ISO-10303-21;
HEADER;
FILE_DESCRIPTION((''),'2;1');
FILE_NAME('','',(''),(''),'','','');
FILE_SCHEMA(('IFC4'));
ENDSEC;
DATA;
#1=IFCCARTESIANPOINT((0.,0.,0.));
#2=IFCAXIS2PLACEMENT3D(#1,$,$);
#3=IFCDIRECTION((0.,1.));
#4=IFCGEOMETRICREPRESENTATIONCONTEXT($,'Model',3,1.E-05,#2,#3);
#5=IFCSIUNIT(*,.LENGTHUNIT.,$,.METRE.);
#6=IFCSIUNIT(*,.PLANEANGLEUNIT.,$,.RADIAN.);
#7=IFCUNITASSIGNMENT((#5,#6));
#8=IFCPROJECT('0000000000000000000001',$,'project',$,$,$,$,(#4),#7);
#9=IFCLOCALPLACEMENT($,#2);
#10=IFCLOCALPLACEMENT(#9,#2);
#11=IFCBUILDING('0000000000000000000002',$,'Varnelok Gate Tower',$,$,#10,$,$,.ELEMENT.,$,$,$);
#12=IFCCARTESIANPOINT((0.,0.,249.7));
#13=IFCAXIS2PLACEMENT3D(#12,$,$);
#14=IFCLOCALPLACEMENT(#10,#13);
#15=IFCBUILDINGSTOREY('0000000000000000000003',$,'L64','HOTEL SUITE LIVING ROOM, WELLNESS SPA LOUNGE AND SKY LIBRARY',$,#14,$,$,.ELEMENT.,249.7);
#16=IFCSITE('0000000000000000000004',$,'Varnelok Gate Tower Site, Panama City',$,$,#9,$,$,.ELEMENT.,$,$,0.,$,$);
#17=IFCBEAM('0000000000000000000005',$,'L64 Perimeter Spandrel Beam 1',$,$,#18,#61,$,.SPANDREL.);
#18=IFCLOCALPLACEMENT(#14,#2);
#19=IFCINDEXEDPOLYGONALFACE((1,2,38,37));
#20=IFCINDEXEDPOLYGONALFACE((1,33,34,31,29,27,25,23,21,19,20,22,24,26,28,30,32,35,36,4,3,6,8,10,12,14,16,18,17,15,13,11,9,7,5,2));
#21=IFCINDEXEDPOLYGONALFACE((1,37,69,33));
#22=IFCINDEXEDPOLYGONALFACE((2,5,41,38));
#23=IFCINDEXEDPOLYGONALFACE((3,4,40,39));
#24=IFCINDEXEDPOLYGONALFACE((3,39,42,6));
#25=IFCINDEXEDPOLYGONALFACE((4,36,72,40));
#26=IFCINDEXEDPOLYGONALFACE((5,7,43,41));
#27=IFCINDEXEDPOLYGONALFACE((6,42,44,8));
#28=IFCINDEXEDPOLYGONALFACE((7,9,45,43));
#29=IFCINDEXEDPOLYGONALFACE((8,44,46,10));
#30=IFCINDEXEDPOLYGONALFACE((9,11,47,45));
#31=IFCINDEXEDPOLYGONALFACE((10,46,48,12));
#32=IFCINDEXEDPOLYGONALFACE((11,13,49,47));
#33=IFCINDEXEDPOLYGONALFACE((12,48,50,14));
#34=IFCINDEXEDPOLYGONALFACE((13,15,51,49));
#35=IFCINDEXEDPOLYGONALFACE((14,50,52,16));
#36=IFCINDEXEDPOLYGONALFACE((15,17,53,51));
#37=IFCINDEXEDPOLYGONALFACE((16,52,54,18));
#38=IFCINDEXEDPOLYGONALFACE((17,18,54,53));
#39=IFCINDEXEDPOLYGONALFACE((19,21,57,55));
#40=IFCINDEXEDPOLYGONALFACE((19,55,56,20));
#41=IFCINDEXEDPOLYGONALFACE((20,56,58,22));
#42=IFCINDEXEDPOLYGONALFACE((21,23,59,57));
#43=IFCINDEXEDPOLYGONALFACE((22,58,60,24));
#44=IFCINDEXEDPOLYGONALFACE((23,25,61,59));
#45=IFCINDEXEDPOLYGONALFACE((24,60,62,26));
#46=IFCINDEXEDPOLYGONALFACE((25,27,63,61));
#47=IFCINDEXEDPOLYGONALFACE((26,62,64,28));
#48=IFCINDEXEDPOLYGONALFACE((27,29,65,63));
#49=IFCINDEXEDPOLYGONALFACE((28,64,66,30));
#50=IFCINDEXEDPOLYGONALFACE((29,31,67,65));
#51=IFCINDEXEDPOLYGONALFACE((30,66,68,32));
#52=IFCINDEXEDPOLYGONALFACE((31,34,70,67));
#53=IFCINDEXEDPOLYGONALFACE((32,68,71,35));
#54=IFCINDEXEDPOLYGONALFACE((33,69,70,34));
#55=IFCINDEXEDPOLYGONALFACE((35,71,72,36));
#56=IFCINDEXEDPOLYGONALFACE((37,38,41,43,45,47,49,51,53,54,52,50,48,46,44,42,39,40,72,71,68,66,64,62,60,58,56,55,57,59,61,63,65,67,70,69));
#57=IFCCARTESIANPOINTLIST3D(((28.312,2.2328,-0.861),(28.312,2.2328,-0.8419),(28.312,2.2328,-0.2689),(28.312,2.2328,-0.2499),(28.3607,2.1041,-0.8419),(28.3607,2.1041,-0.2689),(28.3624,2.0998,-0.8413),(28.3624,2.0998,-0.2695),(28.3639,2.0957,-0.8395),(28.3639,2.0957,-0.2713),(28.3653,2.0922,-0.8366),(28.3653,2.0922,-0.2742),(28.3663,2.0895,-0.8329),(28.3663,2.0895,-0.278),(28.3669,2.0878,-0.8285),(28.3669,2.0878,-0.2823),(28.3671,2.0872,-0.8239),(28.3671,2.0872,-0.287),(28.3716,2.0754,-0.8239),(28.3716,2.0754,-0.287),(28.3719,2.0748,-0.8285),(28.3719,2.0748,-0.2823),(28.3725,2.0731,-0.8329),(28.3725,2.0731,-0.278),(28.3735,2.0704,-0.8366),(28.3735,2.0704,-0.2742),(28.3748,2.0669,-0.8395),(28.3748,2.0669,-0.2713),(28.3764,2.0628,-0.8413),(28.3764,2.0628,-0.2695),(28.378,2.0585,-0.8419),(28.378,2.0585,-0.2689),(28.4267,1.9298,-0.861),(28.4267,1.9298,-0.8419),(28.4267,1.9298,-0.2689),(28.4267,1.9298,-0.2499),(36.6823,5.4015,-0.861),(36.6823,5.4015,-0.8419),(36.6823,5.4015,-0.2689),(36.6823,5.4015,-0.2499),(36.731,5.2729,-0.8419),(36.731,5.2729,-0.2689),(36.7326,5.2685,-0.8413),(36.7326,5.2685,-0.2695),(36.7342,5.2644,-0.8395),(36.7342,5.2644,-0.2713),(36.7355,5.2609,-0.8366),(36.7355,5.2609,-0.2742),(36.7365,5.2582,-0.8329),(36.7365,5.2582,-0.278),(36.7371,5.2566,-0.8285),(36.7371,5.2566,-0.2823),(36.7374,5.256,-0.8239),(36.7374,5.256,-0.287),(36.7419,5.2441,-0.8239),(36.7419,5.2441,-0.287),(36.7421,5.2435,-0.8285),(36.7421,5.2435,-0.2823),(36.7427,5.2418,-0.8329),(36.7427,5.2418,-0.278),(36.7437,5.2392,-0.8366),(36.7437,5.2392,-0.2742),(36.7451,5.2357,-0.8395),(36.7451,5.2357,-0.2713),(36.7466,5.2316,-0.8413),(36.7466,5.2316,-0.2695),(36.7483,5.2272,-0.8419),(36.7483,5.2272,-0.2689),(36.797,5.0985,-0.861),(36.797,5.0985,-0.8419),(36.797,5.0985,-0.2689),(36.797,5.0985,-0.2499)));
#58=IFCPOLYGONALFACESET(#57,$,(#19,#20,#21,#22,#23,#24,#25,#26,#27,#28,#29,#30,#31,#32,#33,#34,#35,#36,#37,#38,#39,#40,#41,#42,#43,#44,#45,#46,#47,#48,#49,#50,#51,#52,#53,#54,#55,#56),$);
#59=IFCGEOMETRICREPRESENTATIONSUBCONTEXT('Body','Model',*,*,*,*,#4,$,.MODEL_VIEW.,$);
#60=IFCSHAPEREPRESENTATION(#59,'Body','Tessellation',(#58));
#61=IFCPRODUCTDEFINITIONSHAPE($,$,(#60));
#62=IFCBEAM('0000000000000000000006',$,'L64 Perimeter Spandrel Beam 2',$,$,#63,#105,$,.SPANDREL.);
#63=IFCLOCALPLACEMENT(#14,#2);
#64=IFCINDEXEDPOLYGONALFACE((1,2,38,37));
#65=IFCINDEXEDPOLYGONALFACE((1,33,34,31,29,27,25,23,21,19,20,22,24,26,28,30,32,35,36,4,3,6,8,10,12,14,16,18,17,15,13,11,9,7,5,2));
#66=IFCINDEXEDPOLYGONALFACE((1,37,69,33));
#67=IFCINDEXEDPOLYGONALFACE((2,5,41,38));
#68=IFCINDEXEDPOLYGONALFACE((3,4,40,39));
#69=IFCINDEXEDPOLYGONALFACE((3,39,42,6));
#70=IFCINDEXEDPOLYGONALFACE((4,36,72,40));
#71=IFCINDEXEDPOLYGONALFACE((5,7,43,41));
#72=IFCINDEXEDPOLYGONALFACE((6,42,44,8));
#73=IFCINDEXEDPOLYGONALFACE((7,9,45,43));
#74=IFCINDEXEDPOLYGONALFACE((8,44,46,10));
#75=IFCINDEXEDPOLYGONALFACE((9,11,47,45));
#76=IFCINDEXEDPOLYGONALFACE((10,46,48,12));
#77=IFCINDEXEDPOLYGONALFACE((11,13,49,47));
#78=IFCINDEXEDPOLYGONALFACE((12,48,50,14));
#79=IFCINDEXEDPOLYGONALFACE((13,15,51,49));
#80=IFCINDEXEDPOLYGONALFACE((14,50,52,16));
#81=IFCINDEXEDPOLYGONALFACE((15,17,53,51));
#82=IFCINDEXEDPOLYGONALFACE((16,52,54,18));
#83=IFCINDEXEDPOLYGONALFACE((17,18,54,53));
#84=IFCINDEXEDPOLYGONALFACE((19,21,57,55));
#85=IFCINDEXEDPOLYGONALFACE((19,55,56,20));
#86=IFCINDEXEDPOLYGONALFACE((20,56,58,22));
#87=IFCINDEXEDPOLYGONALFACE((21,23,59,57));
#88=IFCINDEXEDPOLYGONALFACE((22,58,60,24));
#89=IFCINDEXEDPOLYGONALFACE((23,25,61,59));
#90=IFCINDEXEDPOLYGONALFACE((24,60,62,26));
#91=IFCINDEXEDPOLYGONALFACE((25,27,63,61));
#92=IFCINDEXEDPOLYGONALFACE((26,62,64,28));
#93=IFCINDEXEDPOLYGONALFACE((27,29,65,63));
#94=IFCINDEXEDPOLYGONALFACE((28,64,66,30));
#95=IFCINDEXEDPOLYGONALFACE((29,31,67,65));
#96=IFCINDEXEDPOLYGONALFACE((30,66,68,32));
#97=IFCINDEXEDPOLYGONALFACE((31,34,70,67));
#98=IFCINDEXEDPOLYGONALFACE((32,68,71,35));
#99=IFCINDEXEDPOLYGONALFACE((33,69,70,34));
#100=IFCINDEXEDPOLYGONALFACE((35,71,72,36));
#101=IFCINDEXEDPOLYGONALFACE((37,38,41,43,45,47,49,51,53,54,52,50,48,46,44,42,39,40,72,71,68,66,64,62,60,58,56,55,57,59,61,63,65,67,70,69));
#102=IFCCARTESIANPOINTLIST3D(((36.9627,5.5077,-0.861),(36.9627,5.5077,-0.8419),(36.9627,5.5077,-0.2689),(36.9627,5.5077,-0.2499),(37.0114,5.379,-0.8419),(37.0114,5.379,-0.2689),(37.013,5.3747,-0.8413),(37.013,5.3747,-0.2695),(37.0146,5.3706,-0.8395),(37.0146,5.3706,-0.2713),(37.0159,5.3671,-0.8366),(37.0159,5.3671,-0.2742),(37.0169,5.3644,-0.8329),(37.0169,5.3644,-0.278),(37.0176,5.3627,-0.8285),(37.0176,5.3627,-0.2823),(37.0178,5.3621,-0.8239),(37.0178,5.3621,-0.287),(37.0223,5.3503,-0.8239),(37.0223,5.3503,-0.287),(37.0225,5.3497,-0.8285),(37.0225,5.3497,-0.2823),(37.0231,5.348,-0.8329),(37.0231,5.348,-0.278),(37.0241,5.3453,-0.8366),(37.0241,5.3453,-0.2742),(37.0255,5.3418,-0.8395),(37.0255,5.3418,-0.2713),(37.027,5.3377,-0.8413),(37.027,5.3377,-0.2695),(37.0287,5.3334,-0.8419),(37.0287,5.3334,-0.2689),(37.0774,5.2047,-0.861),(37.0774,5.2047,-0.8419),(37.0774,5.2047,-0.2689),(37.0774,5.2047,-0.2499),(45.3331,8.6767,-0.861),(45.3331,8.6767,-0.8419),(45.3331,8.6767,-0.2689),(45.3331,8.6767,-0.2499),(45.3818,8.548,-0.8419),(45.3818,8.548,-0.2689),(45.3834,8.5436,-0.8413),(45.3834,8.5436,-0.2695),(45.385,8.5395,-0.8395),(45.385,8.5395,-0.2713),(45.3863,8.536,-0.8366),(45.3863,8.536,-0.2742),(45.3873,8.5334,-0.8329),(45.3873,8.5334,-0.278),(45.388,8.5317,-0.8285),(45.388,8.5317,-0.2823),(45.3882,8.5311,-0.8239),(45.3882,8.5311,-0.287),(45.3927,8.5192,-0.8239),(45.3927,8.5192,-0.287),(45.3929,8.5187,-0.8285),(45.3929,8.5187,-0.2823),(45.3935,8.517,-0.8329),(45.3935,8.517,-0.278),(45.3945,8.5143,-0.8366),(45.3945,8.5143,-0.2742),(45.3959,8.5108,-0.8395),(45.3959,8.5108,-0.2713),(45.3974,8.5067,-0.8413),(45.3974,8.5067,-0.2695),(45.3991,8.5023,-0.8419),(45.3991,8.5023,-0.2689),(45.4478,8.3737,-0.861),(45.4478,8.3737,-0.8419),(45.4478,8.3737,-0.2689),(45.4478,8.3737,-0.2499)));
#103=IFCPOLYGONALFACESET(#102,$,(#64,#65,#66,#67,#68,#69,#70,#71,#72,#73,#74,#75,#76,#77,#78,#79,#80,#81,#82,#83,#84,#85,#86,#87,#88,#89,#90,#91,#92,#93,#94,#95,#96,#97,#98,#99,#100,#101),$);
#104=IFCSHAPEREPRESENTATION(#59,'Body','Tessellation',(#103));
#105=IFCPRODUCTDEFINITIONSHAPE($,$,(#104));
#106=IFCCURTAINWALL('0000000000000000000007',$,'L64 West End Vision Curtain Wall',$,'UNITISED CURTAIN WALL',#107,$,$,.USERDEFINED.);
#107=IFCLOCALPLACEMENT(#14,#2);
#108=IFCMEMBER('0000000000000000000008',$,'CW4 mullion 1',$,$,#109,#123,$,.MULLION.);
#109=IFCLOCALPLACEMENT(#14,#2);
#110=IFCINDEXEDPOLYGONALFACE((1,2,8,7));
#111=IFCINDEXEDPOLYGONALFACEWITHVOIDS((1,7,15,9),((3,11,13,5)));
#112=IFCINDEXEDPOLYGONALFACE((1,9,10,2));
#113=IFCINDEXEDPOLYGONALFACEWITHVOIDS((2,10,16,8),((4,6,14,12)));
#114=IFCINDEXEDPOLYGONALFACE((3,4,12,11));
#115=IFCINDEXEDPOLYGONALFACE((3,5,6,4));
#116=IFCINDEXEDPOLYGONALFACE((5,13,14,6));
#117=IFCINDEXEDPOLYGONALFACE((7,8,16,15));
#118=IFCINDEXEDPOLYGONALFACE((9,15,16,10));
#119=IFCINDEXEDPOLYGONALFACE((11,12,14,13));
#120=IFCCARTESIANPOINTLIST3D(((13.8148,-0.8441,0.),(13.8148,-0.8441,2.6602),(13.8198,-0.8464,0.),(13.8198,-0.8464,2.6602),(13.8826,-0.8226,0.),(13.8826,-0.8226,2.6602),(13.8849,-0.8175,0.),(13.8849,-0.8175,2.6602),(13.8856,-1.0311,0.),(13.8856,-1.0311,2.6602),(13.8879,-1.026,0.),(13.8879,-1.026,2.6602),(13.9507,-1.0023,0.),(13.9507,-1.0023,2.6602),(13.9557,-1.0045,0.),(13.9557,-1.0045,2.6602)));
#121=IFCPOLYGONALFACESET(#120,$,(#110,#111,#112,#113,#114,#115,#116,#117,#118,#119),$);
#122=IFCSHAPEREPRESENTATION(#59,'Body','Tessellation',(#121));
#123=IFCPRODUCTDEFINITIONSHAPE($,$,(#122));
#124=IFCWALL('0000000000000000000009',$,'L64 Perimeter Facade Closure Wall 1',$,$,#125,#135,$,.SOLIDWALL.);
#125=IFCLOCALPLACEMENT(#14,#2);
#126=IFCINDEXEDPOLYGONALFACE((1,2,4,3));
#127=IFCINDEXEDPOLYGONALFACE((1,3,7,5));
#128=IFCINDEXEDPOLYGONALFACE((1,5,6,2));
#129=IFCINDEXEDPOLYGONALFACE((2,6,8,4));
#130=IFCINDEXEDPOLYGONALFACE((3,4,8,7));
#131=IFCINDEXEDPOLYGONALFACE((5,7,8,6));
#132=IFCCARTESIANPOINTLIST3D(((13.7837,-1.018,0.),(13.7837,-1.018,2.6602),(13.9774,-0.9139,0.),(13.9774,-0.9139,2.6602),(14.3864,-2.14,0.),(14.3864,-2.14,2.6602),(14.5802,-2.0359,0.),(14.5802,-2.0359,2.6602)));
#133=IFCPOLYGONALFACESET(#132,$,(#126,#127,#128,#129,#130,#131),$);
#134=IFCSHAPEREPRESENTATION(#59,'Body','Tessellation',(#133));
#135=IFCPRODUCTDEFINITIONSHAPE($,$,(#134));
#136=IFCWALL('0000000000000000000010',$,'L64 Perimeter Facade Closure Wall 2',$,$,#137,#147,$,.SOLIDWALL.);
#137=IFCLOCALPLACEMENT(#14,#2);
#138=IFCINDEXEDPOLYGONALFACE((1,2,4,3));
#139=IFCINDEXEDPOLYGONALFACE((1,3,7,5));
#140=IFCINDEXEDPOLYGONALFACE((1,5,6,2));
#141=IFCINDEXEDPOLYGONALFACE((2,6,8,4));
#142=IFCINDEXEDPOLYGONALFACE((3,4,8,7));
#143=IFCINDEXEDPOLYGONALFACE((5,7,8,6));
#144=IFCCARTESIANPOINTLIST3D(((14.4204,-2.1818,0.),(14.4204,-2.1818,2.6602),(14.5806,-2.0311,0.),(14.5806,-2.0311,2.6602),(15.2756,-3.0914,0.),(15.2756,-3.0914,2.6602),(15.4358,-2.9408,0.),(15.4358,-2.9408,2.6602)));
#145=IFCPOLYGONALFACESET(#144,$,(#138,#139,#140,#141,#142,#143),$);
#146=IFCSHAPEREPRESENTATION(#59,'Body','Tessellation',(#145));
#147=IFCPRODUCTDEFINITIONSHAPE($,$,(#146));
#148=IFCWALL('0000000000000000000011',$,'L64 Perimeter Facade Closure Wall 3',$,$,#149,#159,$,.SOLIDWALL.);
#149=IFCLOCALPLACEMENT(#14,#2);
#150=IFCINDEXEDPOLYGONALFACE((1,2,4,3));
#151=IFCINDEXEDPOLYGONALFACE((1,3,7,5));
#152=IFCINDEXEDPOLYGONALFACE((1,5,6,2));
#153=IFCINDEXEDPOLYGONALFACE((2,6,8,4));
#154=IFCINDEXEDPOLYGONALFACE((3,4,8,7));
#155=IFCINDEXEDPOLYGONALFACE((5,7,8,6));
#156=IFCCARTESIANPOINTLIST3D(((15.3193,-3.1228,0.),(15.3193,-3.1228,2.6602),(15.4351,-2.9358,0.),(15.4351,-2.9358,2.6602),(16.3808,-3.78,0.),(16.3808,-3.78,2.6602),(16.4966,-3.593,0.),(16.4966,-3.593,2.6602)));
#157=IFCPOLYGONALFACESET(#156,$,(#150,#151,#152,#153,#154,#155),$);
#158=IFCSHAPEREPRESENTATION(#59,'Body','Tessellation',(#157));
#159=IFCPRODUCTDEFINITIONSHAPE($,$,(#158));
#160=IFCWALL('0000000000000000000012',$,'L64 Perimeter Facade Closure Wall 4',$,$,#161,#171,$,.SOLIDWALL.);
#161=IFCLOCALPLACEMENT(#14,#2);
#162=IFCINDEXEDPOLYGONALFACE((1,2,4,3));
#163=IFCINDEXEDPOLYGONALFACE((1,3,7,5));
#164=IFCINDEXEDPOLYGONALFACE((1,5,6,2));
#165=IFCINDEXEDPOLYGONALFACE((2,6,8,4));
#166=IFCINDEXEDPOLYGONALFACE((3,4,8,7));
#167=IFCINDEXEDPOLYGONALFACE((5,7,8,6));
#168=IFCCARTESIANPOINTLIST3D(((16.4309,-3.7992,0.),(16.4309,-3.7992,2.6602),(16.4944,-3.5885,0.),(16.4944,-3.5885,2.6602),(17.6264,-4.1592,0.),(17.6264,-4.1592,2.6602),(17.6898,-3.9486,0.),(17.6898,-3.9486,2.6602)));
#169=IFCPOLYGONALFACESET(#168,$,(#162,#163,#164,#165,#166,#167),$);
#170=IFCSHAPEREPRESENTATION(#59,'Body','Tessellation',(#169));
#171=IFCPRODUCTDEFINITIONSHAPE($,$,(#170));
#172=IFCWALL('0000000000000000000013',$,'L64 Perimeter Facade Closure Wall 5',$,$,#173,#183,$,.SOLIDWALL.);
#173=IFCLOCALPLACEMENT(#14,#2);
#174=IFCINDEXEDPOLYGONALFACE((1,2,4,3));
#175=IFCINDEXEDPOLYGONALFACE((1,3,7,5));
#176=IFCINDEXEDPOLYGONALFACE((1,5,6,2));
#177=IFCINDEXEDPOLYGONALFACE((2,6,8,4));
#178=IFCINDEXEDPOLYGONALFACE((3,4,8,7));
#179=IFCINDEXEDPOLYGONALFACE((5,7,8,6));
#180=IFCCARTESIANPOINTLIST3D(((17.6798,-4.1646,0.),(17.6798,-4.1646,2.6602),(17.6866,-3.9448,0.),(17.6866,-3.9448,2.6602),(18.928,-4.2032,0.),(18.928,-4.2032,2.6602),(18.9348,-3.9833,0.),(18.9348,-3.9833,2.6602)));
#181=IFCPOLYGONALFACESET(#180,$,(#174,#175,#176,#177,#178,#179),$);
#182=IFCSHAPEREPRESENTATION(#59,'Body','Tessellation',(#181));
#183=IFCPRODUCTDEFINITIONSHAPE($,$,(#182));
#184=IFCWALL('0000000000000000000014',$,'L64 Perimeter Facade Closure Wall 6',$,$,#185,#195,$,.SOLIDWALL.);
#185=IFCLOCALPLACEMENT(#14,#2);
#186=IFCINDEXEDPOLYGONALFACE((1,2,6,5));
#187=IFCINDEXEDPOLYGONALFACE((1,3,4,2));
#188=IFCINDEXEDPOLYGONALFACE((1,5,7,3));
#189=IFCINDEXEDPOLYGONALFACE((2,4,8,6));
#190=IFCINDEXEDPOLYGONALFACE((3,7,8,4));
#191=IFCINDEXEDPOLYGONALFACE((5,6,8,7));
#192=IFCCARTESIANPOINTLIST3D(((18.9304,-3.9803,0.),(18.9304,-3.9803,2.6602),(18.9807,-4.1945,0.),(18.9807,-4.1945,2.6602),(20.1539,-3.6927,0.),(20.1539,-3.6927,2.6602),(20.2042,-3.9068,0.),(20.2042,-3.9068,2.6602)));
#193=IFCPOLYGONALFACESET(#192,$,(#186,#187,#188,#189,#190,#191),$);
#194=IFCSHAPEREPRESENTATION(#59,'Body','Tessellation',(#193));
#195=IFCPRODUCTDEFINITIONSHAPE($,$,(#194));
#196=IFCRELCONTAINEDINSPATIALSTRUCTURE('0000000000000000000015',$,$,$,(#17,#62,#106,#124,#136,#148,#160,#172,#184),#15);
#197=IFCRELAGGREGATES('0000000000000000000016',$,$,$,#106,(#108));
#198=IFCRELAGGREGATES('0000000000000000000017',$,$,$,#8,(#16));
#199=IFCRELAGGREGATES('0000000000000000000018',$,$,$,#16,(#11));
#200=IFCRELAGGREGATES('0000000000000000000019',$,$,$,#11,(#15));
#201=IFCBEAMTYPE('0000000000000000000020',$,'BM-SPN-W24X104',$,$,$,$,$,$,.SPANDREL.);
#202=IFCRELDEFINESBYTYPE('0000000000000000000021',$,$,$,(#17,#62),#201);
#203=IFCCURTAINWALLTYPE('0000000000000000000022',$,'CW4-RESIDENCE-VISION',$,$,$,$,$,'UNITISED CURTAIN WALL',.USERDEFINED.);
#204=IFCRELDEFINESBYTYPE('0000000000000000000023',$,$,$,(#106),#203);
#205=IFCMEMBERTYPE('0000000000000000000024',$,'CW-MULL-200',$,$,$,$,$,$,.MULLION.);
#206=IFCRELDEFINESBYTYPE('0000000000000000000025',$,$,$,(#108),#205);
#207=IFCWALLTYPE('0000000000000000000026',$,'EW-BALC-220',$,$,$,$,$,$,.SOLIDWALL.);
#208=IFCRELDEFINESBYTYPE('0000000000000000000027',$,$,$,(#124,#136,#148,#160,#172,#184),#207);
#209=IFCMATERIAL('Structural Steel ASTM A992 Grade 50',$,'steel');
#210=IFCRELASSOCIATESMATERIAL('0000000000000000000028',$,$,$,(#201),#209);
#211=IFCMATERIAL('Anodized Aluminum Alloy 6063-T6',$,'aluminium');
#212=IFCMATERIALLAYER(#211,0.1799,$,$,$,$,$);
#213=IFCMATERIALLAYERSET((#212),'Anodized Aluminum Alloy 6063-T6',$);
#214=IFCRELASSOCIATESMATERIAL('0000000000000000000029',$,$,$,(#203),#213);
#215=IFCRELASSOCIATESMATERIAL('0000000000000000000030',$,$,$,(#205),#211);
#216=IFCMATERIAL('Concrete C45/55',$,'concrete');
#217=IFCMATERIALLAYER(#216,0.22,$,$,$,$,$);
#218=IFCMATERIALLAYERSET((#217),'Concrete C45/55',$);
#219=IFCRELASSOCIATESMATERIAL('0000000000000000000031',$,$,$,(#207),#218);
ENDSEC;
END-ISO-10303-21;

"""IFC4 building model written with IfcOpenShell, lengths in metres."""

from ifc_helpers import new_model, si_unit, direction, frame, frame_2d, origin, origin_2d, place, context, subcontext, project, spatial, rectangle, hollow_rectangle, i_section, extrude, material, layer, layer_set, material_profile, profile_set, type_object, element, aggregate, save


model = new_model("IFC4")

# Units and contexts
model_context = context("Model", 3, precision=1e-05, world=origin(), true_north=direction((0.0, 1.0)))
body_context = subcontext(model_context, "Body", "Model", "MODEL_VIEW")
ifc_project = project(units=[si_unit("LENGTHUNIT", "METRE"), si_unit("PLANEANGLEUNIT", "RADIAN")], contexts=[model_context])

# Site, building, storey
site_placement = place(None, origin())
site = spatial("IfcSite", under=ifc_project, at=site_placement, Name="Varnelok Gate Tower Site, Panama City", CompositionType="ELEMENT", RefElevation=0.0)
building_placement = place(site_placement, origin())
building = spatial("IfcBuilding", under=site, at=building_placement, Name="Varnelok Gate Tower", CompositionType="ELEMENT")
storey_placement = place(building_placement, frame((0.0, 0.0, 249.7)))
storey = spatial("IfcBuildingStorey", under=building, at=storey_placement, Name="L64", Description="HOTEL SUITE LIVING ROOM, WELLNESS SPA LOUNGE AND SKY LIBRARY", CompositionType="ELEMENT", Elevation=249.7)

# Shared definitions
ifc_material_1 = material(Name="Structural Steel ASTM A992 Grade 50", Category="steel")

# Beams
ifc_material_profile_1 = material_profile(ifc_material_1, i_section(OverallWidth=0.324, OverallDepth=0.6111, WebThickness=0.0127, FlangeThickness=0.019, FilletRadius=0.0181, at=origin_2d()), Name="W24X104")
ifc_profile_set_1 = profile_set([ifc_material_profile_1], Name="Structural Steel ASTM A992 Grade 50")
beam_type_1 = type_object("IfcBeamType", Name="BM-SPN-W24X104", PredefinedType="SPANDREL", material=ifc_profile_set_1)
beam_1_placement = place(storey_placement, frame((28.3694, 2.0813, -0.5554), z_axis=(0.935226, 0.354051, 0.0), x_axis=(-0.354051, 0.935226, 0.0)))
element("IfcBeam", 1, at=beam_1_placement, inside=storey, type_object=beam_type_1, Name="L64 Perimeter Spandrel Beam 1", PredefinedType="SPANDREL", context=body_context, shape_type="SweptSolid", body=[
    extrude(i_section(OverallWidth=0.324, OverallDepth=0.6111, WebThickness=0.0127, FlangeThickness=0.019, FilletRadius=0.0181, at=origin_2d()), origin(), (0.0, 0.0, 1.0), 8.95),
])
beam_2_placement = place(storey_placement, frame((37.02, 5.3562, -0.5554), z_axis=(0.93522, 0.354066, 0.0), x_axis=(-0.354066, 0.93522, 0.0)))
element("IfcBeam", 2, at=beam_2_placement, inside=storey, type_object=beam_type_1, Name="L64 Perimeter Spandrel Beam 2", PredefinedType="SPANDREL", context=body_context, shape_type="SweptSolid", body=[
    extrude(i_section(OverallWidth=0.324, OverallDepth=0.6111, WebThickness=0.0127, FlangeThickness=0.019, FilletRadius=0.0181, at=origin_2d()), origin(), (0.0, 0.0, 1.0), 8.9502),
])

# Curtain wall, member
ifc_material_2 = material(Name="Anodized Aluminum Alloy 6063-T6", Category="aluminium")
ifc_layer_1 = layer(ifc_material_2, 0.1799)
ifc_layer_set_1 = layer_set([ifc_layer_1], Name="Anodized Aluminum Alloy 6063-T6")
curtain_wall_type = type_object("IfcCurtainWallType", Name="CW4-RESIDENCE-VISION", ElementType="UNITISED CURTAIN WALL", PredefinedType="USERDEFINED", material=ifc_layer_set_1)
curtain_wall_placement = place(storey_placement, origin())
curtain_wall = element("IfcCurtainWall", 3, at=curtain_wall_placement, inside=storey, type_object=curtain_wall_type, Name="L64 West End Vision Curtain Wall", ObjectType="UNITISED CURTAIN WALL", PredefinedType="USERDEFINED")
ifc_material_profile_2 = material_profile(ifc_material_2, hollow_rectangle(XDim=0.075, YDim=0.2, WallThickness=0.0039, at=origin_2d()), Name="ALU200X75X4")
ifc_profile_set_2 = profile_set([ifc_material_profile_2], Name="Anodized Aluminum Alloy 6063-T6")
member_type = type_object("IfcMemberType", Name="CW-MULL-200", PredefinedType="MULLION", material=ifc_profile_set_2)
member_placement = place(storey_placement, frame((13.8853, -0.9243, 0.0), z_axis=(0.0, 0.0, 1.0), x_axis=(-0.935222, -0.354063, 0.0)))
member = element("IfcMember", 4, at=member_placement, type_object=member_type, Name="CW4 mullion 1", PredefinedType="MULLION", context=body_context, shape_type="SweptSolid", body=[
    extrude(hollow_rectangle(XDim=0.075, YDim=0.2, WallThickness=0.0039, at=origin_2d()), origin(), (0.0, 0.0, 1.0), 2.6602),
])
aggregate(curtain_wall, [member])

# Walls
ifc_material_3 = material(Name="Concrete C45/55", Category="concrete")
ifc_layer_2 = layer(ifc_material_3, 0.22)
ifc_layer_set_2 = layer_set([ifc_layer_2], Name="Concrete C45/55")
wall_type_1 = type_object("IfcWallType", Name="EW-BALC-220", PredefinedType="SOLIDWALL", material=ifc_layer_set_2)
wall_1_placement = place(storey_placement, frame((13.8806, -0.9661, 0.0), z_axis=(0.0, 0.0, 1.0), x_axis=(0.473242, -0.880932, 0.0)))
element("IfcWall", 5, at=wall_1_placement, inside=storey, type_object=wall_type_1, Name="L64 Perimeter Facade Closure Wall 1", PredefinedType="SOLIDWALL", context=body_context, shape_type="SweptSolid", body=[
    extrude(rectangle(XDim=1.2737, YDim=0.22, at=frame_2d((0.6367, 0.0))), origin(), (0.0, 0.0, 1.0), 2.6602),
])
for number, where, z_axis, x_axis, name in (
    (6, (14.5005, -2.1064, 0.0), (0.0, 0.0, 1.0), (0.684968, -0.728573, 0.0), "L64 Perimeter Facade Closure Wall 2"),
    (7, (15.3772, -3.0293, 0.0), (0.0, 0.0, 1.0), (0.850232, -0.526408, 0.0), "L64 Perimeter Facade Closure Wall 3"),
    (8, (16.4626, -3.6938, 0.0), (0.0, 0.0, 1.0), (0.957508, -0.288406, 0.0), "L64 Perimeter Facade Closure Wall 4"),
):
    element("IfcWall", number, at=place(storey_placement, frame(where, z_axis=z_axis, x_axis=x_axis)), inside=storey, type_object=wall_type_1, Name=name, PredefinedType="SOLIDWALL", context=body_context, shape_type="SweptSolid", body=[
        extrude(rectangle(XDim=1.2485, YDim=0.22, at=frame_2d((0.6243, 0.0))), origin(), (0.0, 0.0, 1.0), 2.6602),
    ])
wall_2_placement = place(storey_placement, frame((17.6831, -4.0547, 0.0), z_axis=(0.0, 0.0, 1.0), x_axis=(0.999523, -0.030887, 0.0)))
element("IfcWall", 9, at=wall_2_placement, inside=storey, type_object=wall_type_1, Name="L64 Perimeter Facade Closure Wall 5", PredefinedType="SOLIDWALL", context=body_context, shape_type="SweptSolid", body=[
    extrude(rectangle(XDim=1.2488, YDim=0.22, at=frame_2d((0.6245, 0.0))), origin(), (0.0, 0.0, 1.0), 2.6602),
])
wall_3_placement = place(storey_placement, frame((18.9556, -4.0874, 0.0), z_axis=(0.0, 0.0, 1.0), x_axis=(0.973463, 0.228844, 0.0)))
element("IfcWall", 10, at=wall_3_placement, inside=storey, type_object=wall_type_1, Name="L64 Perimeter Facade Closure Wall 6", PredefinedType="SOLIDWALL", context=body_context, shape_type="SweptSolid", body=[
    extrude(rectangle(XDim=1.2568, YDim=0.22, at=frame_2d((0.6284, 0.0))), origin(), (0.0, 0.0, 1.0), 2.6602),
])

save(model, "model.ifc")
